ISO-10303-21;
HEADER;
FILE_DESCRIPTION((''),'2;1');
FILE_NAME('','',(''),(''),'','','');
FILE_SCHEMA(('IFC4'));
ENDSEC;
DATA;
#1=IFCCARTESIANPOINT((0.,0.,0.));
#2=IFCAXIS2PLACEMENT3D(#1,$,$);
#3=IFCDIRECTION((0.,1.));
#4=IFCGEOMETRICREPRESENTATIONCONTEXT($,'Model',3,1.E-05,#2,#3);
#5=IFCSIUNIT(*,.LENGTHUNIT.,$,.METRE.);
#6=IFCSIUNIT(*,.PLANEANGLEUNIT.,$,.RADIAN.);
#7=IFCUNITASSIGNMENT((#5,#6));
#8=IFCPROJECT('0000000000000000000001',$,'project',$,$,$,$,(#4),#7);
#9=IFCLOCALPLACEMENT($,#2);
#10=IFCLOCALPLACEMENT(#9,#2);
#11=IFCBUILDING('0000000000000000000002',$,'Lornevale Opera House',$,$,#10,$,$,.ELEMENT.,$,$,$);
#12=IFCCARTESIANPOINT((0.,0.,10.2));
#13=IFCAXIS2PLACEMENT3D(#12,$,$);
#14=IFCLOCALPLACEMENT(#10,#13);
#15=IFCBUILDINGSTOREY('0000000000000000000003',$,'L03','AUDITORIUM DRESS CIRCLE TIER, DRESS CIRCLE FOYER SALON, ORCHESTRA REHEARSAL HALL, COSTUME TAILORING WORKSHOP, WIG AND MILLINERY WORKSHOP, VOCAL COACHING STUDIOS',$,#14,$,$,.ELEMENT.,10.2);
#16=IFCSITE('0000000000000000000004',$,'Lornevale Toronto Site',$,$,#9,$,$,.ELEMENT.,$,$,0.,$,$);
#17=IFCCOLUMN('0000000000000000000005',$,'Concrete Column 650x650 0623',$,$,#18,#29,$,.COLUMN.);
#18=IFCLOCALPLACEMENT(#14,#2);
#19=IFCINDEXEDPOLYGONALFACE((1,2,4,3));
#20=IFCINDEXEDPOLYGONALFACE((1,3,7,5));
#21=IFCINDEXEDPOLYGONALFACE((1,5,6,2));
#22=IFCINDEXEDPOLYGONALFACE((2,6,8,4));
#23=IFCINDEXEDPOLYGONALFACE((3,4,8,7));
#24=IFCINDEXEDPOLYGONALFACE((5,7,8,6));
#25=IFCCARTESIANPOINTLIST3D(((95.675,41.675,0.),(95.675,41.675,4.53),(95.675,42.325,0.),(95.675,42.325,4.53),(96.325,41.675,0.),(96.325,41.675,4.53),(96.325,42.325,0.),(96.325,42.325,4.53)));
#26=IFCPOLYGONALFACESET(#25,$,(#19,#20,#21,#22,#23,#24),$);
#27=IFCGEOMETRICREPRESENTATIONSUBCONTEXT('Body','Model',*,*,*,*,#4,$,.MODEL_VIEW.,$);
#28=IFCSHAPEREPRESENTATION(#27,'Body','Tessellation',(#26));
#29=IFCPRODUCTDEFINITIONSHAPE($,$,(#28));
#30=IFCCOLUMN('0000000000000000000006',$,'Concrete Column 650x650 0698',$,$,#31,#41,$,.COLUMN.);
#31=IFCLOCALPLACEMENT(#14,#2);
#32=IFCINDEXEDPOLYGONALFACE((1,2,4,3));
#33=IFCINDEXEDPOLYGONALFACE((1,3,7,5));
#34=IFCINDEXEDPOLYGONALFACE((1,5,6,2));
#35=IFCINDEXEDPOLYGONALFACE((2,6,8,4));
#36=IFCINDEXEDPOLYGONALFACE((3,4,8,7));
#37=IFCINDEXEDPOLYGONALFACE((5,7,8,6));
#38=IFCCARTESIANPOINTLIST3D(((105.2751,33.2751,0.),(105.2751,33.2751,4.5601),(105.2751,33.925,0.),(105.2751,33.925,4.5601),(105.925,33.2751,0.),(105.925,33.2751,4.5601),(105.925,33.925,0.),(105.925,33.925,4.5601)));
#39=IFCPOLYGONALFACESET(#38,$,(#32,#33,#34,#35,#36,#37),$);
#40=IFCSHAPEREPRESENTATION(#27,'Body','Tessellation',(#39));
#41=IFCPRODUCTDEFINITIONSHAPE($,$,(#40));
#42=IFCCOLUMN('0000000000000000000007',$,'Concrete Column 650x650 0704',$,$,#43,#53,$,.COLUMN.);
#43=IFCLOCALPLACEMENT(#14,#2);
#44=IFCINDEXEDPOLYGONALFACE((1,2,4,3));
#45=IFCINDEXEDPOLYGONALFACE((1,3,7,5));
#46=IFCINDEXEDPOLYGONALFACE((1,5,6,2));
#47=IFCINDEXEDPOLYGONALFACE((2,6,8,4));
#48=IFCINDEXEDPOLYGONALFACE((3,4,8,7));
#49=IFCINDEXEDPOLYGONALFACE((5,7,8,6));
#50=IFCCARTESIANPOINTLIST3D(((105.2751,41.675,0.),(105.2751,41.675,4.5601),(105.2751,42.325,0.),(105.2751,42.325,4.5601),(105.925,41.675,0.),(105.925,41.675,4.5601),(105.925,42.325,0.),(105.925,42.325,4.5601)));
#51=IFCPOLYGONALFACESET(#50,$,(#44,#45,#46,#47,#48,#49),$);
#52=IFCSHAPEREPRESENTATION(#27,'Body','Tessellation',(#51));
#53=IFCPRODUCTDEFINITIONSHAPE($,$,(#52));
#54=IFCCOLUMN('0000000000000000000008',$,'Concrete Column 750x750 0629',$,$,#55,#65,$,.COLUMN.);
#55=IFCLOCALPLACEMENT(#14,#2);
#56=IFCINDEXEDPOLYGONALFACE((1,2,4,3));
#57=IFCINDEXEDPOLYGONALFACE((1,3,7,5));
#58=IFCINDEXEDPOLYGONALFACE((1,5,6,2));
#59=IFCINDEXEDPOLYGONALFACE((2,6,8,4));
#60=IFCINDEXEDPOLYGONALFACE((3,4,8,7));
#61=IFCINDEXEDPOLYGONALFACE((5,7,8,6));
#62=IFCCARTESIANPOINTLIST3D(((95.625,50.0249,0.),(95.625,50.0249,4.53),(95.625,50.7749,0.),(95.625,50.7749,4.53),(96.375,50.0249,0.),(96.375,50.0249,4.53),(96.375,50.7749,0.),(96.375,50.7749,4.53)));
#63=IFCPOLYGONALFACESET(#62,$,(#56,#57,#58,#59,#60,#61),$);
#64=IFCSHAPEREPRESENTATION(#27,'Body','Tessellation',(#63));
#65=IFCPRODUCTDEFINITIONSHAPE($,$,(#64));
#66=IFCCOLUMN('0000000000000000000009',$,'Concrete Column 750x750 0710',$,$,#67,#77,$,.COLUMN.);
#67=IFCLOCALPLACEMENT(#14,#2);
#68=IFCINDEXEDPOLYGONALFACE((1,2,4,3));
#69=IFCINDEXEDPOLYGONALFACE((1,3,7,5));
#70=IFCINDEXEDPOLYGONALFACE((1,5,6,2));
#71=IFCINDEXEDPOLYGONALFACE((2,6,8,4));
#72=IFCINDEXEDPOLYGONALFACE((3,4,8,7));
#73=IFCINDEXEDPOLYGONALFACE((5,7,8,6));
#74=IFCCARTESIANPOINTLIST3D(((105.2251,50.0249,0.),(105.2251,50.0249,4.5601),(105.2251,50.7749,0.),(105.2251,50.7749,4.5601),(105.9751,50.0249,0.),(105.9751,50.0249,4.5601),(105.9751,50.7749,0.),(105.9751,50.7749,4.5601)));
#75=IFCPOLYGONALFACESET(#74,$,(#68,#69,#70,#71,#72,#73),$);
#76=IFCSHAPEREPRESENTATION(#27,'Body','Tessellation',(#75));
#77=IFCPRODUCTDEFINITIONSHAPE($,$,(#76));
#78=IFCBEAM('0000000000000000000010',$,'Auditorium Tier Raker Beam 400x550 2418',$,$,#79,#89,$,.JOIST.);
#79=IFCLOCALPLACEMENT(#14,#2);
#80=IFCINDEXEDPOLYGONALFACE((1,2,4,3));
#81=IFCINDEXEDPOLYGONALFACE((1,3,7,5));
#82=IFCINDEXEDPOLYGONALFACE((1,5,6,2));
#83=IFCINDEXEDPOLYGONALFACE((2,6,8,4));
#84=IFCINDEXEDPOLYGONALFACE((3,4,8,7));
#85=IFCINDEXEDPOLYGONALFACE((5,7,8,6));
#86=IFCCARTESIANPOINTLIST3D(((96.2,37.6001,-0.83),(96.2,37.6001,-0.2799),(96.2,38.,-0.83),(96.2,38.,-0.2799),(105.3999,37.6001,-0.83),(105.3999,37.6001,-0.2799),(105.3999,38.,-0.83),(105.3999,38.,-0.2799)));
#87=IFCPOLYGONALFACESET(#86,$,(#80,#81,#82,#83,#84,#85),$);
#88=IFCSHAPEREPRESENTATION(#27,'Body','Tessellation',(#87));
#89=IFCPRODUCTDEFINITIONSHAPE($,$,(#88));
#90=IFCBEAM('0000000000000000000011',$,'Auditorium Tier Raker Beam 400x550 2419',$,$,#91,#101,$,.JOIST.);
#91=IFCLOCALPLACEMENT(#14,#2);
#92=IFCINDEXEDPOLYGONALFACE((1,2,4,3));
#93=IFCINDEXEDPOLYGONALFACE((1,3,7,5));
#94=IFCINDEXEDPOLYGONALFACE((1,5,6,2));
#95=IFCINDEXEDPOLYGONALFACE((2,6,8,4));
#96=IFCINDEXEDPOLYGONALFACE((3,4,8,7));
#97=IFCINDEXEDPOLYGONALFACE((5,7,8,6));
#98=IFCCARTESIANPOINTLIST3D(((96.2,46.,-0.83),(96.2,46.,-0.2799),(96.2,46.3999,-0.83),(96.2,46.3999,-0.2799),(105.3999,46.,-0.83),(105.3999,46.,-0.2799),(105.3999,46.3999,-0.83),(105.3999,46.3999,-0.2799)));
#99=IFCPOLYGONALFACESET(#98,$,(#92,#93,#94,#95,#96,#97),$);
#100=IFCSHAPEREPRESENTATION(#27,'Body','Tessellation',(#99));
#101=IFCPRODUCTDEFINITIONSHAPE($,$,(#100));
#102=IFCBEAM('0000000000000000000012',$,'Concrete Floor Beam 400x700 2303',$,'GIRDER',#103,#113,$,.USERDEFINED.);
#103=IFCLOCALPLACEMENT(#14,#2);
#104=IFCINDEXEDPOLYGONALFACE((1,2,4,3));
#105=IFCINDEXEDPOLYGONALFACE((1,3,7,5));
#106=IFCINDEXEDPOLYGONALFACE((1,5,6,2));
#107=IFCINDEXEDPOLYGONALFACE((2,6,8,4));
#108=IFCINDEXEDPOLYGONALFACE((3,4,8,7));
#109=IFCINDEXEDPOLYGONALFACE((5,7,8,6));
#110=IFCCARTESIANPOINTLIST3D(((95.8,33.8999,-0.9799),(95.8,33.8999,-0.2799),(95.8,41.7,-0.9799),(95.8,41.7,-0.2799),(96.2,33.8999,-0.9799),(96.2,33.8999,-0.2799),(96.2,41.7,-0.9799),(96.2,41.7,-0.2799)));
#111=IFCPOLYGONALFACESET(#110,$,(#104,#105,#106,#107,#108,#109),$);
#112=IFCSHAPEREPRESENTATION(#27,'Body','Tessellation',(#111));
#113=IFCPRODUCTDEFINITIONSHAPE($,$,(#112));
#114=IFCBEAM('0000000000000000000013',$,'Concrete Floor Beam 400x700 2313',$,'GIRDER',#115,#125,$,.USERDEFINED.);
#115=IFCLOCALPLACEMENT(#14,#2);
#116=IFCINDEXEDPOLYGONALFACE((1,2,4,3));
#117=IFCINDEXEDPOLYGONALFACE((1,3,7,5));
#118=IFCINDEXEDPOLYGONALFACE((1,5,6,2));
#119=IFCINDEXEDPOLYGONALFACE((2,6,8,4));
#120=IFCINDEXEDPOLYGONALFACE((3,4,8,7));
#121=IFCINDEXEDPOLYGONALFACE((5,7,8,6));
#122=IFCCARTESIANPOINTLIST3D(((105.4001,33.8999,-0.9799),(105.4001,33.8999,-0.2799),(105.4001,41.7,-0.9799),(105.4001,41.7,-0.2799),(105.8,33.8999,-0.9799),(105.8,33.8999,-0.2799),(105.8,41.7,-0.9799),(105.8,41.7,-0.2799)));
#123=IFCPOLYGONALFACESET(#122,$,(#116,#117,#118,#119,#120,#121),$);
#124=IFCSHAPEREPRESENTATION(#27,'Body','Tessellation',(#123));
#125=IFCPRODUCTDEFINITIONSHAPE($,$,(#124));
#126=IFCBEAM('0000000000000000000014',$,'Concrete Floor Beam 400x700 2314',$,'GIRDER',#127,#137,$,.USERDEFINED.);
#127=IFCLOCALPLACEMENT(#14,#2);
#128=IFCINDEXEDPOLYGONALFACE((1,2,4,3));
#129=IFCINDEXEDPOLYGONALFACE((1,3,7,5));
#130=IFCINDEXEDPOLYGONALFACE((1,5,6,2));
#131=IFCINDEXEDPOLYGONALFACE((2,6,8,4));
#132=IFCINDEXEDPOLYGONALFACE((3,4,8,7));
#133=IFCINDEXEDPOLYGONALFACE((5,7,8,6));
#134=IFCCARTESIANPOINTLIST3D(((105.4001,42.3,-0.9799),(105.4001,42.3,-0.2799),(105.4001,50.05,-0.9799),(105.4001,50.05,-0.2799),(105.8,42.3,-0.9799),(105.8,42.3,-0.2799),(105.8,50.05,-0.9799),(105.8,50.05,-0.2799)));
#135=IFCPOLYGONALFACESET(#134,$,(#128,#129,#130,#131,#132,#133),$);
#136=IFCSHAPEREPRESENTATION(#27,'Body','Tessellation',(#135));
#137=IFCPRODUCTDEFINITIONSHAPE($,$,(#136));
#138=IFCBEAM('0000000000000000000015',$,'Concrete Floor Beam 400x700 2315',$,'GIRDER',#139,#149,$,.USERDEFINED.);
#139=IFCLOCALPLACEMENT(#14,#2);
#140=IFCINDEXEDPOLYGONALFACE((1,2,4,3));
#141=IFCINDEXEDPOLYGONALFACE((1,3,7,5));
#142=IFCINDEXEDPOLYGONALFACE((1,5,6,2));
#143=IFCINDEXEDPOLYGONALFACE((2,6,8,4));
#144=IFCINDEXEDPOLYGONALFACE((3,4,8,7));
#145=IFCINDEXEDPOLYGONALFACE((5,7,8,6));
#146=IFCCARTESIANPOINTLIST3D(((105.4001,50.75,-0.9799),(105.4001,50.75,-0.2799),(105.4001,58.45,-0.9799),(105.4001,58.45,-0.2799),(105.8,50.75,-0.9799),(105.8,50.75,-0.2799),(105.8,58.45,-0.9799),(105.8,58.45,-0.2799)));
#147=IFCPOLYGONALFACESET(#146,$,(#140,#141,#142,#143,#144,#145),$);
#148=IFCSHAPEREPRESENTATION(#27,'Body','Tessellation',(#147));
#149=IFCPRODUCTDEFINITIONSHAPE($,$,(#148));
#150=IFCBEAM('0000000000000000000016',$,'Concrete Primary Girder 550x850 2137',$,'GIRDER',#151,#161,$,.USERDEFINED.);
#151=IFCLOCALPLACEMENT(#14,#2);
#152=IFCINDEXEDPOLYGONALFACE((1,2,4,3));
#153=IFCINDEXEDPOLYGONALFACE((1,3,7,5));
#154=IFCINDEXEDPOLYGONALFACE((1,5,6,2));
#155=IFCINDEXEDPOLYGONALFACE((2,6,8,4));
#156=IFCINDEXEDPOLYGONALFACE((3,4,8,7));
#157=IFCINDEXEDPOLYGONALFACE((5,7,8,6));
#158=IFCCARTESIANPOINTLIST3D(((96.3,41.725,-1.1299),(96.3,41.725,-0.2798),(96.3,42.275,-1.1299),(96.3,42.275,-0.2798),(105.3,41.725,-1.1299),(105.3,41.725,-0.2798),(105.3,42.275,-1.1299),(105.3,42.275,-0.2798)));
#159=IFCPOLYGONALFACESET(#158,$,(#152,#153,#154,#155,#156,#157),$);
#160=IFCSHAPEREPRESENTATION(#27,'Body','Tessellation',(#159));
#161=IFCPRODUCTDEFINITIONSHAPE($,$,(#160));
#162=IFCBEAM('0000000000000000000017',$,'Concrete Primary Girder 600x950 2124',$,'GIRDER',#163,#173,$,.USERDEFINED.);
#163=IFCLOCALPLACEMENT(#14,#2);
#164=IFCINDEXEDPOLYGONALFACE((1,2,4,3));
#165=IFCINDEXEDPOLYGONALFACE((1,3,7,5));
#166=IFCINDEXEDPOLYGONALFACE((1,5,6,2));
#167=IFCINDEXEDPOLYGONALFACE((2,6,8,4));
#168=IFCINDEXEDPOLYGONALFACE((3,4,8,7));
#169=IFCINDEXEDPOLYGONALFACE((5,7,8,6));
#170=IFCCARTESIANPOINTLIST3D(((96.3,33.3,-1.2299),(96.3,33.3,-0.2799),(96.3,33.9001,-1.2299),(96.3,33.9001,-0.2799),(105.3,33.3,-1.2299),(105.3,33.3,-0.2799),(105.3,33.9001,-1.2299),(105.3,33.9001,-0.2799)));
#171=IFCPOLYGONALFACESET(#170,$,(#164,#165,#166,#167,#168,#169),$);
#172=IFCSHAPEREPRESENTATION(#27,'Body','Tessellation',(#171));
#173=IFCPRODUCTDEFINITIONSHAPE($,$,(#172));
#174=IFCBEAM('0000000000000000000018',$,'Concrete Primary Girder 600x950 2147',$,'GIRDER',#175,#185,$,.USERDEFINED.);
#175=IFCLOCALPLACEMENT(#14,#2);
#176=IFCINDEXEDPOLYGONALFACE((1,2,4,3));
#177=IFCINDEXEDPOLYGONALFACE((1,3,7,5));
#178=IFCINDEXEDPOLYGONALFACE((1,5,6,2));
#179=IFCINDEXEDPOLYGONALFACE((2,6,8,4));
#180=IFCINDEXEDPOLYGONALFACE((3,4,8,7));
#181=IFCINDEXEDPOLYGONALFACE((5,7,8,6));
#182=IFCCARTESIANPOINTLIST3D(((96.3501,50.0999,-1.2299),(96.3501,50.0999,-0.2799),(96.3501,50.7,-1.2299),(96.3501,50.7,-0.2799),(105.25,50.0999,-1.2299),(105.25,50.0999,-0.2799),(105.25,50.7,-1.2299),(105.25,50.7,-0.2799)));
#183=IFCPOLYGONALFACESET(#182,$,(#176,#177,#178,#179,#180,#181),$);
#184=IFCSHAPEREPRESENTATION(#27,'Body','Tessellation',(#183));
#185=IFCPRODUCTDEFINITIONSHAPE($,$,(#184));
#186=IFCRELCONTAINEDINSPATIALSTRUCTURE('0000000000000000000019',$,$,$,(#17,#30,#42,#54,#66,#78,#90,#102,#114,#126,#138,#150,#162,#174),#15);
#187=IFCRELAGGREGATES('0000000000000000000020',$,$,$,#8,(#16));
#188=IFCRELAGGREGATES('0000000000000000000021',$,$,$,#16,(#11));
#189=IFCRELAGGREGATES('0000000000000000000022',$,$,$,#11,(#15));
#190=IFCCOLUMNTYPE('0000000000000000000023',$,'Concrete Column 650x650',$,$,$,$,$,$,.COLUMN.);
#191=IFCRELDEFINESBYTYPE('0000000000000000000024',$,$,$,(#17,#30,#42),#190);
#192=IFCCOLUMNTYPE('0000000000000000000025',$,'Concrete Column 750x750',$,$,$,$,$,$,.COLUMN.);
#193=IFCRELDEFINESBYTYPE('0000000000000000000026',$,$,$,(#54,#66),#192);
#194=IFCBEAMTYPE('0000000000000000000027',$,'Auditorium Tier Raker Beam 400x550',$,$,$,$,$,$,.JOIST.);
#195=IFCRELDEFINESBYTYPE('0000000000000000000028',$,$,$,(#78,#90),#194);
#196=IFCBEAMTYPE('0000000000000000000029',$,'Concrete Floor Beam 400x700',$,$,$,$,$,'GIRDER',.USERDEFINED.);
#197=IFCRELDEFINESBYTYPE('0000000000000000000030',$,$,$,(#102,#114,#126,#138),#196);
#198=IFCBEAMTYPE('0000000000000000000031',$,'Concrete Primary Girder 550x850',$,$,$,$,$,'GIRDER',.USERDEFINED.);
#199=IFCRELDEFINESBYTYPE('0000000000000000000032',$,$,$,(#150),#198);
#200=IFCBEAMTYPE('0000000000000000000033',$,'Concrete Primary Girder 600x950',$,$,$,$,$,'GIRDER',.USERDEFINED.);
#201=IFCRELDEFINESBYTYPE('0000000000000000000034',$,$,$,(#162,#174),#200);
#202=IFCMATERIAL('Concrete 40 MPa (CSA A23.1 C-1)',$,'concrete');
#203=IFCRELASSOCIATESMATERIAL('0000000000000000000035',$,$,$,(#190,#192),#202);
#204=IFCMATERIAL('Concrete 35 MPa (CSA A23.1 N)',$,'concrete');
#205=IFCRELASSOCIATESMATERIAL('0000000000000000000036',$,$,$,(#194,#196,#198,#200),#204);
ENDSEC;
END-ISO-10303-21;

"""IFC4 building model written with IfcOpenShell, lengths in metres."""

from ifc_helpers import new_model, si_unit, direction, frame, origin, origin_2d, place, context, subcontext, project, spatial, rectangle, extrude, material, material_profile, profile_set, type_object, element, save


model = new_model("IFC4")

# Units and contexts
model_context = context("Model", 3, precision=1e-05, world=origin(), true_north=direction((0.0, 1.0)))
body_context = subcontext(model_context, "Body", "Model", "MODEL_VIEW")
ifc_project = project(units=[si_unit("LENGTHUNIT", "METRE"), si_unit("PLANEANGLEUNIT", "RADIAN")], contexts=[model_context])

# Site, building, storey
site_placement = place(None, origin())
site = spatial("IfcSite", under=ifc_project, at=site_placement, Name="Lornevale Toronto Site", CompositionType="ELEMENT", RefElevation=0.0)
building_placement = place(site_placement, origin())
building = spatial("IfcBuilding", under=site, at=building_placement, Name="Lornevale Opera House", CompositionType="ELEMENT")
storey_placement = place(building_placement, frame((0.0, 0.0, 10.2)))
storey = spatial("IfcBuildingStorey", under=building, at=storey_placement, Name="L03", Description="AUDITORIUM DRESS CIRCLE TIER, DRESS CIRCLE FOYER SALON, ORCHESTRA REHEARSAL HALL, COSTUME TAILORING WORKSHOP, WIG AND MILLINERY WORKSHOP, VOCAL COACHING STUDIOS", CompositionType="ELEMENT", Elevation=10.2)

# Columns
ifc_material_1 = material(Name="Concrete 40 MPa (CSA A23.1 C-1)", Category="concrete")
ifc_material_profile_1 = material_profile(ifc_material_1, rectangle(XDim=0.6499, YDim=0.6499, at=origin_2d()), Name="RC650x650")
ifc_profile_set_1 = profile_set([ifc_material_profile_1], Name="Concrete 40 MPa (CSA A23.1 C-1)")
column_type_1 = type_object("IfcColumnType", Name="Concrete Column 650x650", PredefinedType="COLUMN", material=ifc_profile_set_1)
column_1_placement = place(storey_placement, frame((96.0, 42.0, 0.0), z_axis=(0.0, 0.0, 1.0), x_axis=(1.0, 0.0, 0.0)))
element("IfcColumn", 1, at=column_1_placement, inside=storey, type_object=column_type_1, Name="Concrete Column 650x650 0623", PredefinedType="COLUMN", context=body_context, shape_type="SweptSolid", body=[
    extrude(rectangle(XDim=0.6499, YDim=0.6499, at=origin_2d()), origin(), (0.0, 0.0, 1.0), 4.53),
])
for number, where, z_axis, x_axis, name in (
    (2, (105.6001, 33.6001, 0.0), (0.0, 0.0, 1.0), (1.0, 0.0, 0.0), "Concrete Column 650x650 0698"),
    (3, (105.6001, 42.0, 0.0), (0.0, 0.0, 1.0), (1.0, 0.0, 0.0), "Concrete Column 650x650 0704"),
):
    element("IfcColumn", number, at=place(storey_placement, frame(where, z_axis=z_axis, x_axis=x_axis)), inside=storey, type_object=column_type_1, Name=name, PredefinedType="COLUMN", context=body_context, shape_type="SweptSolid", body=[
        extrude(rectangle(XDim=0.6499, YDim=0.6499, at=origin_2d()), origin(), (0.0, 0.0, 1.0), 4.5601),
    ])
ifc_material_profile_2 = material_profile(ifc_material_1, rectangle(XDim=0.75, YDim=0.75, at=origin_2d()), Name="RC750x750")
ifc_profile_set_2 = profile_set([ifc_material_profile_2], Name="Concrete 40 MPa (CSA A23.1 C-1)")
column_type_2 = type_object("IfcColumnType", Name="Concrete Column 750x750", PredefinedType="COLUMN", material=ifc_profile_set_2)
column_2_placement = place(storey_placement, frame((96.0, 50.3999, 0.0), z_axis=(0.0, 0.0, 1.0), x_axis=(1.0, 0.0, 0.0)))
element("IfcColumn", 4, at=column_2_placement, inside=storey, type_object=column_type_2, Name="Concrete Column 750x750 0629", PredefinedType="COLUMN", context=body_context, shape_type="SweptSolid", body=[
    extrude(rectangle(XDim=0.75, YDim=0.75, at=origin_2d()), origin(), (0.0, 0.0, 1.0), 4.53),
])
column_3_placement = place(storey_placement, frame((105.6001, 50.3999, 0.0), z_axis=(0.0, 0.0, 1.0), x_axis=(1.0, 0.0, 0.0)))
element("IfcColumn", 5, at=column_3_placement, inside=storey, type_object=column_type_2, Name="Concrete Column 750x750 0710", PredefinedType="COLUMN", context=body_context, shape_type="SweptSolid", body=[
    extrude(rectangle(XDim=0.75, YDim=0.75, at=origin_2d()), origin(), (0.0, 0.0, 1.0), 4.5601),
])

# Beams
ifc_material_2 = material(Name="Concrete 35 MPa (CSA A23.1 N)", Category="concrete")
ifc_material_profile_3 = material_profile(ifc_material_2, rectangle(XDim=0.3999, YDim=0.55, at=origin_2d()), Name="RC400x550")
ifc_profile_set_3 = profile_set([ifc_material_profile_3], Name="Concrete 35 MPa (CSA A23.1 N)")
beam_type_1 = type_object("IfcBeamType", Name="Auditorium Tier Raker Beam 400x550", PredefinedType="JOIST", material=ifc_profile_set_3)
for number, where, z_axis, x_axis, name in (
    (6, (96.2, 37.8, -0.5549), (1.0, 0.0, 0.0), (0.0, 1.0, 0.0), "Auditorium Tier Raker Beam 400x550 2418"),
    (7, (96.2, 46.2, -0.5549), (1.0, 0.0, 0.0), (0.0, 1.0, 0.0), "Auditorium Tier Raker Beam 400x550 2419"),
):
    element("IfcBeam", number, at=place(storey_placement, frame(where, z_axis=z_axis, x_axis=x_axis)), inside=storey, type_object=beam_type_1, Name=name, PredefinedType="JOIST", context=body_context, shape_type="SweptSolid", body=[
        extrude(rectangle(XDim=0.3999, YDim=0.55, at=origin_2d()), origin(), (0.0, 0.0, 1.0), 9.2),
    ])
ifc_material_profile_4 = material_profile(ifc_material_2, rectangle(XDim=0.3999, YDim=0.7, at=origin_2d()), Name="RC400x700")
ifc_profile_set_4 = profile_set([ifc_material_profile_4], Name="Concrete 35 MPa (CSA A23.1 N)")
beam_type_2 = type_object("IfcBeamType", Name="Concrete Floor Beam 400x700", ElementType="GIRDER", PredefinedType="USERDEFINED", material=ifc_profile_set_4)
for number, where, z_axis, x_axis, name in (
    (8, (96.0, 33.8999, -0.6299), (0.0, 1.0, 0.0), (-1.0, 0.0, 0.0), "Concrete Floor Beam 400x700 2303"),
    (9, (105.6001, 33.8999, -0.6299), (0.0, 1.0, 0.0), (-1.0, 0.0, 0.0), "Concrete Floor Beam 400x700 2313"),
):
    element("IfcBeam", number, at=place(storey_placement, frame(where, z_axis=z_axis, x_axis=x_axis)), inside=storey, type_object=beam_type_2, Name=name, ObjectType="GIRDER", PredefinedType="USERDEFINED", context=body_context, shape_type="SweptSolid", body=[
        extrude(rectangle(XDim=0.3999, YDim=0.7, at=origin_2d()), origin(), (0.0, 0.0, 1.0), 7.8),
    ])
beam_1_placement = place(storey_placement, frame((105.6001, 42.3, -0.6299), z_axis=(0.0, 1.0, 0.0), x_axis=(-1.0, 0.0, 0.0)))
element("IfcBeam", 10, at=beam_1_placement, inside=storey, type_object=beam_type_2, Name="Concrete Floor Beam 400x700 2314", ObjectType="GIRDER", PredefinedType="USERDEFINED", context=body_context, shape_type="SweptSolid", body=[
    extrude(rectangle(XDim=0.3999, YDim=0.7, at=origin_2d()), origin(), (0.0, 0.0, 1.0), 7.75),
])
beam_2_placement = place(storey_placement, frame((105.6001, 50.75, -0.6299), z_axis=(0.0, 1.0, 0.0), x_axis=(-1.0, 0.0, 0.0)))
element("IfcBeam", 11, at=beam_2_placement, inside=storey, type_object=beam_type_2, Name="Concrete Floor Beam 400x700 2315", ObjectType="GIRDER", PredefinedType="USERDEFINED", context=body_context, shape_type="SweptSolid", body=[
    extrude(rectangle(XDim=0.3999, YDim=0.7, at=origin_2d()), origin(), (0.0, 0.0, 1.0), 7.7),
])
ifc_material_profile_5 = material_profile(ifc_material_2, rectangle(XDim=0.55, YDim=0.8501, at=origin_2d()), Name="RC550x850")
ifc_profile_set_5 = profile_set([ifc_material_profile_5], Name="Concrete 35 MPa (CSA A23.1 N)")
beam_type_3 = type_object("IfcBeamType", Name="Concrete Primary Girder 550x850", ElementType="GIRDER", PredefinedType="USERDEFINED", material=ifc_profile_set_5)
beam_3_placement = place(storey_placement, frame((96.3, 42.0, -0.7048), z_axis=(1.0, 0.0, 0.0), x_axis=(0.0, 1.0, 0.0)))
element("IfcBeam", 12, at=beam_3_placement, inside=storey, type_object=beam_type_3, Name="Concrete Primary Girder 550x850 2137", ObjectType="GIRDER", PredefinedType="USERDEFINED", context=body_context, shape_type="SweptSolid", body=[
    extrude(rectangle(XDim=0.55, YDim=0.8501, at=origin_2d()), origin(), (0.0, 0.0, 1.0), 9.0),
])
ifc_material_profile_6 = material_profile(ifc_material_2, rectangle(XDim=0.6001, YDim=0.95, at=origin_2d()), Name="RC600x950")
ifc_profile_set_6 = profile_set([ifc_material_profile_6], Name="Concrete 35 MPa (CSA A23.1 N)")
beam_type_4 = type_object("IfcBeamType", Name="Concrete Primary Girder 600x950", ElementType="GIRDER", PredefinedType="USERDEFINED", material=ifc_profile_set_6)
beam_4_placement = place(storey_placement, frame((96.3, 33.6001, -0.7549), z_axis=(1.0, 0.0, 0.0), x_axis=(0.0, 1.0, 0.0)))
element("IfcBeam", 13, at=beam_4_placement, inside=storey, type_object=beam_type_4, Name="Concrete Primary Girder 600x950 2124", ObjectType="GIRDER", PredefinedType="USERDEFINED", context=body_context, shape_type="SweptSolid", body=[
    extrude(rectangle(XDim=0.6001, YDim=0.95, at=origin_2d()), origin(), (0.0, 0.0, 1.0), 9.0),
])
beam_5_placement = place(storey_placement, frame((96.3501, 50.3999, -0.7549), z_axis=(1.0, 0.0, 0.0), x_axis=(0.0, 1.0, 0.0)))
element("IfcBeam", 14, at=beam_5_placement, inside=storey, type_object=beam_type_4, Name="Concrete Primary Girder 600x950 2147", ObjectType="GIRDER", PredefinedType="USERDEFINED", context=body_context, shape_type="SweptSolid", body=[
    extrude(rectangle(XDim=0.6001, YDim=0.95, at=origin_2d()), origin(), (0.0, 0.0, 1.0), 8.8999),
])

save(model, "model.ifc")
